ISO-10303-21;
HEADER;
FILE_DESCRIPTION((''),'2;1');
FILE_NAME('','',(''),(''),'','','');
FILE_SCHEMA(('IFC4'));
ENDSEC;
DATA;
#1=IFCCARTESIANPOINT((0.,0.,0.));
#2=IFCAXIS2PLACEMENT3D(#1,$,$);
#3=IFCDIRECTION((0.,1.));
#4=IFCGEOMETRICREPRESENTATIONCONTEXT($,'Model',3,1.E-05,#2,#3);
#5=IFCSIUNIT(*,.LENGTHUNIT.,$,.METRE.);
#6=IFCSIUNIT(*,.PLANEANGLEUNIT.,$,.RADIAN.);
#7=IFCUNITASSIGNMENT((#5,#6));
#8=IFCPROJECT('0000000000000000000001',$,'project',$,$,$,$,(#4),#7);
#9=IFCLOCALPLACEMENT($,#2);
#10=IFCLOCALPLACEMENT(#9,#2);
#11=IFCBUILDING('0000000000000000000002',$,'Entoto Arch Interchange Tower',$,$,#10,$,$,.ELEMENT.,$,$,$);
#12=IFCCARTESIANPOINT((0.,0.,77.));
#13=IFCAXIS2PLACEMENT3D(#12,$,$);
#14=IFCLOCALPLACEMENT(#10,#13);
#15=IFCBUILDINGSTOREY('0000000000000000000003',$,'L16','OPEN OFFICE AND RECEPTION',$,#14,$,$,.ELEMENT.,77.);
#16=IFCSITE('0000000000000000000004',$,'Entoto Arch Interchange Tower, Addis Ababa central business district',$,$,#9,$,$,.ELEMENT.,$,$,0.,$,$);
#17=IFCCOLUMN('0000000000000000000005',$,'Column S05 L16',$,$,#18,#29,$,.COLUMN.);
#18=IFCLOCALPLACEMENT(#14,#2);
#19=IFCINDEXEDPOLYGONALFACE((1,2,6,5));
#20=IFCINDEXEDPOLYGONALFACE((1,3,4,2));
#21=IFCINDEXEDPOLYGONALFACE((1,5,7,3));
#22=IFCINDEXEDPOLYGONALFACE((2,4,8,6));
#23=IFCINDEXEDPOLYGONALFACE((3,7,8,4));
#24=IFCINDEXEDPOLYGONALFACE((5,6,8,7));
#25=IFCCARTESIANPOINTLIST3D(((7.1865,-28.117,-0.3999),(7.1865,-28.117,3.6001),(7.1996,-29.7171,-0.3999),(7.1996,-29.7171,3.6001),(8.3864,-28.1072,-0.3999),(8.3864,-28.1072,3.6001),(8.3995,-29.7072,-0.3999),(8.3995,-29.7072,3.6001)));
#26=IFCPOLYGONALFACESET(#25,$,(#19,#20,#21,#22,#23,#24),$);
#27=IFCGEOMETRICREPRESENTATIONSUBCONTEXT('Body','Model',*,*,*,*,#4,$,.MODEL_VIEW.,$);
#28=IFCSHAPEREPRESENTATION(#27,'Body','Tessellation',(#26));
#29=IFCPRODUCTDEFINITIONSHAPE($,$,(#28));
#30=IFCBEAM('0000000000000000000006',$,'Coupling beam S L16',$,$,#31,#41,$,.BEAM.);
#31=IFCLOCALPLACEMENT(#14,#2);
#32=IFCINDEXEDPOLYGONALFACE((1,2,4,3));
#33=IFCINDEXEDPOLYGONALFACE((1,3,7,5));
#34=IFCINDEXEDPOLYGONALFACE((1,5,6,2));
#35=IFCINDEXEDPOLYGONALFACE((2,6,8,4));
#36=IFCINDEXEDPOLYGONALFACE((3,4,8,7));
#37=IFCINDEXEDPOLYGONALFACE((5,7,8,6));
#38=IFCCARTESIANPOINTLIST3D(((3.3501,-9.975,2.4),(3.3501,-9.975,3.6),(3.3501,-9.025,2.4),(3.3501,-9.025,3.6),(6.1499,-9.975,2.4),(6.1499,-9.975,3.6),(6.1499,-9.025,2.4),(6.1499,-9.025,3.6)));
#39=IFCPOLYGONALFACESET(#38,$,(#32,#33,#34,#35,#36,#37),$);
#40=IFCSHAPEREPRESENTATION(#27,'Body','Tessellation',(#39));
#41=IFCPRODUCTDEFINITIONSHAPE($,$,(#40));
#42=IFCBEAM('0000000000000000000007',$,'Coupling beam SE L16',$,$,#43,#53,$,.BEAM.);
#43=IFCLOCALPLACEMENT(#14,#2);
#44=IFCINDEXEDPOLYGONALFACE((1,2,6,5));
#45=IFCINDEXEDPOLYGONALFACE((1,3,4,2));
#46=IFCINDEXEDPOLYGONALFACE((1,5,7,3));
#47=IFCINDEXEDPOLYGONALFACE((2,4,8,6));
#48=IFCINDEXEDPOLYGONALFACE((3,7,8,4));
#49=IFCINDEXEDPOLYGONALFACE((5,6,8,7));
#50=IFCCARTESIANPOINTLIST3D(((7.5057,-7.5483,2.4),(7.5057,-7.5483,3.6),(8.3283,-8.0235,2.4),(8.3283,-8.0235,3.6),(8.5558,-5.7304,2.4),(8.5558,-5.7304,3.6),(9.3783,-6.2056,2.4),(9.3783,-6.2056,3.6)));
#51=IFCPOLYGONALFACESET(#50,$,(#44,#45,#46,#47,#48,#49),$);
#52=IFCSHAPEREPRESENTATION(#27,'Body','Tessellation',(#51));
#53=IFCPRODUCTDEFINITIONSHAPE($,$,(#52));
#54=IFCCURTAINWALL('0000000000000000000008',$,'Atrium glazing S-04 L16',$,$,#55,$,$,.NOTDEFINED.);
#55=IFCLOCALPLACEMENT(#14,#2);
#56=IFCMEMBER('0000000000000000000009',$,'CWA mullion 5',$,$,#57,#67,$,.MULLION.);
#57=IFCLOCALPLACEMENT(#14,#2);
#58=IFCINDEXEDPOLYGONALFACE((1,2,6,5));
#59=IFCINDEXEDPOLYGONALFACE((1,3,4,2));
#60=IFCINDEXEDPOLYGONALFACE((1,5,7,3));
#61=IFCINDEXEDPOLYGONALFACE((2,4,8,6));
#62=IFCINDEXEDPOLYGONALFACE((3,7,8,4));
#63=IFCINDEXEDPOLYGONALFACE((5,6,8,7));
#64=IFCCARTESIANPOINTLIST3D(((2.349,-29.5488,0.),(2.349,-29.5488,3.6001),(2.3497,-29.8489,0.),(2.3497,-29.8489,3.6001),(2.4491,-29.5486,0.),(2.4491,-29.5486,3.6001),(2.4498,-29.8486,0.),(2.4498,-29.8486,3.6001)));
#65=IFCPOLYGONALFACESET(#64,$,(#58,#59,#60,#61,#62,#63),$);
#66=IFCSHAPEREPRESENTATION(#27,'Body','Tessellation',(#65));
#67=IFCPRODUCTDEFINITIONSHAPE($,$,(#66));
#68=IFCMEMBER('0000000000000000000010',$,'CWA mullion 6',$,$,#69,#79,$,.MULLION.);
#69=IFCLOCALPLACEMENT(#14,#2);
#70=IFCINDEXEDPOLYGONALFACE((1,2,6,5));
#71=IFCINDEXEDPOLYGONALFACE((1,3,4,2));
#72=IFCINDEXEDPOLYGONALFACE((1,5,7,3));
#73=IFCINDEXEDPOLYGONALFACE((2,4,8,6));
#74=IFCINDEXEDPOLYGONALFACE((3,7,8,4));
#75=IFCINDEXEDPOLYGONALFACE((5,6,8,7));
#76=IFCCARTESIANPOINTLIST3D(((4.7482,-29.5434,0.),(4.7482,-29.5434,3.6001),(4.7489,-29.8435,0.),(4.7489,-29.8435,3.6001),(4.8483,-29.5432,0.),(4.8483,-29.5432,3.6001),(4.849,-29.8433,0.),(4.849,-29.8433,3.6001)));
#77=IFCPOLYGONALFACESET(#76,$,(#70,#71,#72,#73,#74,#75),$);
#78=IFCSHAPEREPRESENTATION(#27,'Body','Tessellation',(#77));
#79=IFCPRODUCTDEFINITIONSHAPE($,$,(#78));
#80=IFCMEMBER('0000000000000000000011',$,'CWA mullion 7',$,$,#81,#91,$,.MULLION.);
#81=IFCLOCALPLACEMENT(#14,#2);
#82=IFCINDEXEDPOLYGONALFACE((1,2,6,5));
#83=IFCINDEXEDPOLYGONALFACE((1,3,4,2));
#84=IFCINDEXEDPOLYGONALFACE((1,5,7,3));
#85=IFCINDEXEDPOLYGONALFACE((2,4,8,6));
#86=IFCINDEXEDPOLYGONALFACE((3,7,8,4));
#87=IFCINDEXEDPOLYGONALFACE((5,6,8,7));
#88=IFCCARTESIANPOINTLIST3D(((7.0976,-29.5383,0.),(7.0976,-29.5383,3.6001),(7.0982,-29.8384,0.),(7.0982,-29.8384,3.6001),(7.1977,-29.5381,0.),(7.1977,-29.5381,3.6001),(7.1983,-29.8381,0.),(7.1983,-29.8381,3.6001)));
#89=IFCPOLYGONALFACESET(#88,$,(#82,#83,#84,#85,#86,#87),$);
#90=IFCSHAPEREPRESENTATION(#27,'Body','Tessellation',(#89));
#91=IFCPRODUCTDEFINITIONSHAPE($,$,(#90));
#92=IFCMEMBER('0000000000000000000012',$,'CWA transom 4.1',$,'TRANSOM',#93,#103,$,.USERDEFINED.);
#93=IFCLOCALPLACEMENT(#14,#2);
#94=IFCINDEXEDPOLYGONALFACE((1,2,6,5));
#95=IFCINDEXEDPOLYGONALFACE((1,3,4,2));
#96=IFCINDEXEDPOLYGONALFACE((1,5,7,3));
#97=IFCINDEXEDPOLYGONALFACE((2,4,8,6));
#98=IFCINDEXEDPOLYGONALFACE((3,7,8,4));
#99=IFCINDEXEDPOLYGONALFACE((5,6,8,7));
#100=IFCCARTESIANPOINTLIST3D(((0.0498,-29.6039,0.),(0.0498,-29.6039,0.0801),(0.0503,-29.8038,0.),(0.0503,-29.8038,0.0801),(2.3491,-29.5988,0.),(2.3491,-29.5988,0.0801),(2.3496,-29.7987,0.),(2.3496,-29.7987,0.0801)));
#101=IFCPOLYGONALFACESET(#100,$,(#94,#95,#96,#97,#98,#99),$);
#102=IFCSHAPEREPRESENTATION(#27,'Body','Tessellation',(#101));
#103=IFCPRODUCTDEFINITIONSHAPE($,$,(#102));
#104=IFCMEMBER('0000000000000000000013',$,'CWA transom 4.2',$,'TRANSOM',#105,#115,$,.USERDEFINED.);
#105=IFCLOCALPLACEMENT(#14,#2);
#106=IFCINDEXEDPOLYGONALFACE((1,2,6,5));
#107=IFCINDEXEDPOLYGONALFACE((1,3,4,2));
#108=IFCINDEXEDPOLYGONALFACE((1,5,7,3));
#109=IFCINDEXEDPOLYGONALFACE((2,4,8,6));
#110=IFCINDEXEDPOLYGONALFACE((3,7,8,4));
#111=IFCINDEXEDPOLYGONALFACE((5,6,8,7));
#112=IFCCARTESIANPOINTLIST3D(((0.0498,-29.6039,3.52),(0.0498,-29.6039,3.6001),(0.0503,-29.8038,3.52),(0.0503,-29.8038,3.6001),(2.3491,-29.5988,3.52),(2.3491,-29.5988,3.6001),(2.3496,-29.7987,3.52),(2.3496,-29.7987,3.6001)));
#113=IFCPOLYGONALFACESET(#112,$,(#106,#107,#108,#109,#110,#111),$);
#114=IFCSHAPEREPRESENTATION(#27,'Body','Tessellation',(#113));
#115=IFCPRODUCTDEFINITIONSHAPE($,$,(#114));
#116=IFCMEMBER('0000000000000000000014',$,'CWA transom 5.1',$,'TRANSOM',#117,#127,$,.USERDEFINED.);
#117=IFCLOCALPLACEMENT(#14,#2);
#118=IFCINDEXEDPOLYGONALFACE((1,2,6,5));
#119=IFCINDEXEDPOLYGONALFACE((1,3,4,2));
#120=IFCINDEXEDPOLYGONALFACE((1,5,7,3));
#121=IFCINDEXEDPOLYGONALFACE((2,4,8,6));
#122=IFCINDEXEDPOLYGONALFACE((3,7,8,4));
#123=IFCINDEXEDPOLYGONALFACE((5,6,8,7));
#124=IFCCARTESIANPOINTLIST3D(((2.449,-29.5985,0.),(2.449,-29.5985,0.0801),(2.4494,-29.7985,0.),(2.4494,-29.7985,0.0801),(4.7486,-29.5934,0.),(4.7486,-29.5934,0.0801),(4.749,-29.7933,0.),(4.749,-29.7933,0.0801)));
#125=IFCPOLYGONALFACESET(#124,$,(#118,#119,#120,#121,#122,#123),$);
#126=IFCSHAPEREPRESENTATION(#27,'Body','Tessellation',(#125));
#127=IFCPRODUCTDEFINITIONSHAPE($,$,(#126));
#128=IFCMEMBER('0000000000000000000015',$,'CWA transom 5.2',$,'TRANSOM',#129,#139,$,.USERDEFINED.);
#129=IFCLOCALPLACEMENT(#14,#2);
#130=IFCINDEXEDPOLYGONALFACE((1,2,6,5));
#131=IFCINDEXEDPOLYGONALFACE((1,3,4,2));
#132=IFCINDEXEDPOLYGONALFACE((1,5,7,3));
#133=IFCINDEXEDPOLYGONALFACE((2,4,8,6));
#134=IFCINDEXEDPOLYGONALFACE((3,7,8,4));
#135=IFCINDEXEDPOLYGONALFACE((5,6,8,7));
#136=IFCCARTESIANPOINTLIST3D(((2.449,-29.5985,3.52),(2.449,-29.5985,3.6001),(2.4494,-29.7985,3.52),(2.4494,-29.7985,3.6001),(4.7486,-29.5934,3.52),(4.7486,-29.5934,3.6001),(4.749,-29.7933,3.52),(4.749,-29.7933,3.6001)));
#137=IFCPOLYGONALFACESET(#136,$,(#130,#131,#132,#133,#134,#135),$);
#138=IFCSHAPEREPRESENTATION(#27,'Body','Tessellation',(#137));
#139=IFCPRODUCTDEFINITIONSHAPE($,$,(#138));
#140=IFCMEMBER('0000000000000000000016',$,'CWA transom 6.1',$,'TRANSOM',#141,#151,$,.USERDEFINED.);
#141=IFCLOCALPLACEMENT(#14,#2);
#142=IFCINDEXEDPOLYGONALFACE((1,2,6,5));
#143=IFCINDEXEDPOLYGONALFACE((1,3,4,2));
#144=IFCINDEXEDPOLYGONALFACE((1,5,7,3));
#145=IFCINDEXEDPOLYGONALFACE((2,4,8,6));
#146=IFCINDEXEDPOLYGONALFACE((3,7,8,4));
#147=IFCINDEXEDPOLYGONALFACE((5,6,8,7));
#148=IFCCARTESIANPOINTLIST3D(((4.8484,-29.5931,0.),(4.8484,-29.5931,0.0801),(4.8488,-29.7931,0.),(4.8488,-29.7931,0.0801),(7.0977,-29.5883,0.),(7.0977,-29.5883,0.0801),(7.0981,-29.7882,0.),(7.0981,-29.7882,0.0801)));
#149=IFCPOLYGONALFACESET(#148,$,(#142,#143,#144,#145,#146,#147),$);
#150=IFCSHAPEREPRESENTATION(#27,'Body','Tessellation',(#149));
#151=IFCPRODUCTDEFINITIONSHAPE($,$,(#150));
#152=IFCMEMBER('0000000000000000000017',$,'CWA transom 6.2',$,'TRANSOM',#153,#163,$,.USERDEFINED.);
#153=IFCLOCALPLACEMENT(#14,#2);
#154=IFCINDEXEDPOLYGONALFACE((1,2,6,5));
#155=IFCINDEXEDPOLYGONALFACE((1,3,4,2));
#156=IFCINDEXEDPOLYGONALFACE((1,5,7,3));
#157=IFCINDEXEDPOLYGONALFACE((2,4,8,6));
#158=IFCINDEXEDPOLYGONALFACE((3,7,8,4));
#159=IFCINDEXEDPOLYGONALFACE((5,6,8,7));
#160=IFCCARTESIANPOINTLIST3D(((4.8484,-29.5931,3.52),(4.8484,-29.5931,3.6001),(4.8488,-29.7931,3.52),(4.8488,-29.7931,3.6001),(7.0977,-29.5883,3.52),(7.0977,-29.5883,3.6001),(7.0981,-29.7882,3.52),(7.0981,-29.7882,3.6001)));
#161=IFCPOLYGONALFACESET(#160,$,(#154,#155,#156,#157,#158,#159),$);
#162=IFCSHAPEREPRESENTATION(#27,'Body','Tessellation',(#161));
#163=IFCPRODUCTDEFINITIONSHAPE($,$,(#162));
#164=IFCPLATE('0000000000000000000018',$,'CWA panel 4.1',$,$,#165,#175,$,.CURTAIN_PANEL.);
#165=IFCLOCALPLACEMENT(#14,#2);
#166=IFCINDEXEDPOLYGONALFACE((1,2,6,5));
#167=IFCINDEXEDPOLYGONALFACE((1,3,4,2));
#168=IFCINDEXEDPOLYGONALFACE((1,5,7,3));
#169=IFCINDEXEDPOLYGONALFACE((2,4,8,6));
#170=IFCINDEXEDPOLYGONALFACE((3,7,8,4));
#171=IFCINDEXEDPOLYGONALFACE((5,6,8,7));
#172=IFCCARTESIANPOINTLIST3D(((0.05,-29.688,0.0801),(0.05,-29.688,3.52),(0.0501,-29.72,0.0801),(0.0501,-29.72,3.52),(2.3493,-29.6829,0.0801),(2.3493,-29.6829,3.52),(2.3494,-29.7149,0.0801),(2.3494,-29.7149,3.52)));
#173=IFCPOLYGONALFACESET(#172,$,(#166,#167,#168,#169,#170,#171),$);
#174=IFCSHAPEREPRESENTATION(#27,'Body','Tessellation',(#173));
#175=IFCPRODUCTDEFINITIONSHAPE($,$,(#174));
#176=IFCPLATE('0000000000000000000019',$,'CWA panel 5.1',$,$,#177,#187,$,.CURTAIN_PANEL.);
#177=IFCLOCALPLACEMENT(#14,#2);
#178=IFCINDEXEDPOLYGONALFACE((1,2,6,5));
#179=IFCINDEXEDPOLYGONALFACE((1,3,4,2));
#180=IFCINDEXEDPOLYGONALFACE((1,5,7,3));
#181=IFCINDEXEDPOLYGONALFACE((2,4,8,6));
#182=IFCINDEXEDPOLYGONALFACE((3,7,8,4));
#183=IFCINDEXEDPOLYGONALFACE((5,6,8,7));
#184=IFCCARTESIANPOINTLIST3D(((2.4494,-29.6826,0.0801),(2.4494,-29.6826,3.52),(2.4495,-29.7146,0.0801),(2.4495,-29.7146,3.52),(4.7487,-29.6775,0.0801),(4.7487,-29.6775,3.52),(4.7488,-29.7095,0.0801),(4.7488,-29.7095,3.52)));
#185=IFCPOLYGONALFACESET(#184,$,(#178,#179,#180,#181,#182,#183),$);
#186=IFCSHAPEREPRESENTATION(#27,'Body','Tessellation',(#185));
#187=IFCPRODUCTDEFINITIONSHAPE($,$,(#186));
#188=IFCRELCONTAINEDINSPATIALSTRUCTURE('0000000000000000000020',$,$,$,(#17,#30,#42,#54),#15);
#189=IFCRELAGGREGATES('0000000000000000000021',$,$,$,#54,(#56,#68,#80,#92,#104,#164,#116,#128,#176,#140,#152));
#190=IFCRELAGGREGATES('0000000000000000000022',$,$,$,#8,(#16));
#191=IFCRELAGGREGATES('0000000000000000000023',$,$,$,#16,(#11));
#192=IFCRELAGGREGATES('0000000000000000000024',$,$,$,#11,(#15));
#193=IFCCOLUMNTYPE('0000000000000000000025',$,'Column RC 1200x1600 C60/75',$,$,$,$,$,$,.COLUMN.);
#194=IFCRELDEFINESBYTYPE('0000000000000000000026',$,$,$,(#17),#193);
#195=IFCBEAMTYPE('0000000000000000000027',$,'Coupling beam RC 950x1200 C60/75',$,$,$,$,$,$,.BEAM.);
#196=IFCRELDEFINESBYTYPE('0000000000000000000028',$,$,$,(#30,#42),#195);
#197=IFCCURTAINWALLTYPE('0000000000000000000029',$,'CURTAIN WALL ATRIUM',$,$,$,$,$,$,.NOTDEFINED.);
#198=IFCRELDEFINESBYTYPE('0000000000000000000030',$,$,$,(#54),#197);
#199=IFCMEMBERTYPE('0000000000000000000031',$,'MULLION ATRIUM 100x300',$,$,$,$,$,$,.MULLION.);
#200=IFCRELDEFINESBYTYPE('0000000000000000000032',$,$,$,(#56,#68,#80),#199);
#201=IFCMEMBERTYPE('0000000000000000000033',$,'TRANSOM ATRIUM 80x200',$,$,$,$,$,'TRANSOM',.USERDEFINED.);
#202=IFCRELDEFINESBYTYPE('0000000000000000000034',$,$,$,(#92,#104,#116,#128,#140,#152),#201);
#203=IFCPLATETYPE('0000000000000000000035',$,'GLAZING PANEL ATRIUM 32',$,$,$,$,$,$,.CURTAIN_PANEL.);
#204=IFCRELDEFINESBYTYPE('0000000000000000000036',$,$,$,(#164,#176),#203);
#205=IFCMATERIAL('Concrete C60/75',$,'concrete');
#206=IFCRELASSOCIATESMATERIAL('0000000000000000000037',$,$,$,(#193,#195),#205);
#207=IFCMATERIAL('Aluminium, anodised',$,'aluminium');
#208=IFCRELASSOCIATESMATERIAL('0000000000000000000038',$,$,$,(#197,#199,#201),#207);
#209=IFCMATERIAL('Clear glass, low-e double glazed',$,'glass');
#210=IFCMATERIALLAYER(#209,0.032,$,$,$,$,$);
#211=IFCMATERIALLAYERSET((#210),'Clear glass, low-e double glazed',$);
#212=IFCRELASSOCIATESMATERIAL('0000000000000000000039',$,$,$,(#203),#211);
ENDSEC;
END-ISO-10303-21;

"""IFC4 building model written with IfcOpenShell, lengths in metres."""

from ifc_helpers import new_model, si_unit, direction, frame, origin, origin_2d, place, context, subcontext, project, spatial, rectangle, extrude, material, layer, layer_set, material_profile, profile_set, type_object, element, aggregate, save


model = new_model("IFC4")

# Units and contexts
model_context = context("Model", 3, precision=1e-05, world=origin(), true_north=direction((0.0, 1.0)))
body_context = subcontext(model_context, "Body", "Model", "MODEL_VIEW")
ifc_project = project(units=[si_unit("LENGTHUNIT", "METRE"), si_unit("PLANEANGLEUNIT", "RADIAN")], contexts=[model_context])

# Site, building, storey
site_placement = place(None, origin())
site = spatial("IfcSite", under=ifc_project, at=site_placement, Name="Entoto Arch Interchange Tower, Addis Ababa central business district", CompositionType="ELEMENT", RefElevation=0.0)
building_placement = place(site_placement, origin())
building = spatial("IfcBuilding", under=site, at=building_placement, Name="Entoto Arch Interchange Tower", CompositionType="ELEMENT")
storey_placement = place(building_placement, frame((0.0, 0.0, 77.0)))
storey = spatial("IfcBuildingStorey", under=building, at=storey_placement, Name="L16", Description="OPEN OFFICE AND RECEPTION", CompositionType="ELEMENT", Elevation=77.0)

# Column
ifc_material_1 = material(Name="Concrete C60/75", Category="concrete")
ifc_material_profile_1 = material_profile(ifc_material_1, rectangle(XDim=1.2, YDim=1.6001, at=origin_2d()))
ifc_profile_set_1 = profile_set([ifc_material_profile_1], Name="Concrete C60/75")
column_type = type_object("IfcColumnType", Name="Column RC 1200x1600 C60/75", PredefinedType="COLUMN", material=ifc_profile_set_1)
column_placement = place(storey_placement, frame((7.793, -28.9121, -0.3999), z_axis=(0.0, 0.0, 1.0), x_axis=(0.999966, 0.008203, 0.0)))
element("IfcColumn", 1, at=column_placement, inside=storey, type_object=column_type, Name="Column S05 L16", PredefinedType="COLUMN", context=body_context, shape_type="SweptSolid", body=[
    extrude(rectangle(XDim=1.2, YDim=1.6001, at=origin_2d()), origin(), (0.0, 0.0, 1.0), 4.0),
])

# Beams
ifc_material_profile_2 = material_profile(ifc_material_1, rectangle(XDim=0.95, YDim=1.2, at=origin_2d()))
ifc_profile_set_2 = profile_set([ifc_material_profile_2], Name="Concrete C60/75")
beam_type = type_object("IfcBeamType", Name="Coupling beam RC 950x1200 C60/75", PredefinedType="BEAM", material=ifc_profile_set_2)
beam_1_placement = place(storey_placement, frame((3.3501, -9.5, 3.0), z_axis=(1.0, 0.0, 0.0), x_axis=(0.0, 1.0, 0.0)))
element("IfcBeam", 2, at=beam_1_placement, inside=storey, type_object=beam_type, Name="Coupling beam S L16", PredefinedType="BEAM", context=body_context, shape_type="SweptSolid", body=[
    extrude(rectangle(XDim=0.95, YDim=1.2, at=origin_2d()), origin(), (0.0, 0.0, 1.0), 2.7998),
])
beam_2_placement = place(storey_placement, frame((7.917, -7.7859, 3.0), z_axis=(0.500179, 0.865922, 0.0), x_axis=(-0.865922, 0.500179, 0.0)))
element("IfcBeam", 3, at=beam_2_placement, inside=storey, type_object=beam_type, Name="Coupling beam SE L16", PredefinedType="BEAM", context=body_context, shape_type="SweptSolid", body=[
    extrude(rectangle(XDim=0.95, YDim=1.2, at=origin_2d()), origin(), (0.0, 0.0, 1.0), 2.0994),
])

# Curtain wall, members, plates
ifc_material_2 = material(Name="Aluminium, anodised", Category="aluminium")
curtain_wall_type = type_object("IfcCurtainWallType", Name="CURTAIN WALL ATRIUM", PredefinedType="NOTDEFINED", material=ifc_material_2)
curtain_wall_placement = place(storey_placement, origin())
curtain_wall = element("IfcCurtainWall", 4, at=curtain_wall_placement, inside=storey, type_object=curtain_wall_type, Name="Atrium glazing S-04 L16", PredefinedType="NOTDEFINED")
ifc_material_profile_3 = material_profile(ifc_material_2, rectangle(XDim=0.3, YDim=0.1001, at=origin_2d()))
ifc_profile_set_3 = profile_set([ifc_material_profile_3], Name="Aluminium, anodised")
member_type_1 = type_object("IfcMemberType", Name="MULLION ATRIUM 100x300", PredefinedType="MULLION", material=ifc_profile_set_3)
member_1_placement = place(storey_placement, frame((2.3994, -29.6987, 0.0), z_axis=(0.0, 0.0, 1.0), x_axis=(-0.002223, 0.999998, 0.0)))
member_1 = element("IfcMember", 5, at=member_1_placement, type_object=member_type_1, Name="CWA mullion 5", PredefinedType="MULLION", context=body_context, shape_type="SweptSolid", body=[
    extrude(rectangle(XDim=0.3, YDim=0.1001, at=origin_2d()), origin(), (0.0, 0.0, 1.0), 3.6001),
])
member_2_placement = place(storey_placement, frame((4.7986, -29.6934, 0.0), z_axis=(0.0, 0.0, 1.0), x_axis=(-0.002223, 0.999998, 0.0)))
member_2 = element("IfcMember", 6, at=member_2_placement, type_object=member_type_1, Name="CWA mullion 6", PredefinedType="MULLION", context=body_context, shape_type="SweptSolid", body=[
    extrude(rectangle(XDim=0.3, YDim=0.1001, at=origin_2d()), origin(), (0.0, 0.0, 1.0), 3.6001),
])
member_3_placement = place(storey_placement, frame((7.1479, -29.6882, 0.0), z_axis=(0.0, 0.0, 1.0), x_axis=(-0.002223, 0.999998, 0.0)))
member_3 = element("IfcMember", 7, at=member_3_placement, type_object=member_type_1, Name="CWA mullion 7", PredefinedType="MULLION", context=body_context, shape_type="SweptSolid", body=[
    extrude(rectangle(XDim=0.3, YDim=0.1001, at=origin_2d()), origin(), (0.0, 0.0, 1.0), 3.6001),
])
ifc_material_profile_4 = material_profile(ifc_material_2, rectangle(XDim=0.2, YDim=0.0801, at=origin_2d()))
ifc_profile_set_4 = profile_set([ifc_material_profile_4], Name="Aluminium, anodised")
member_type_2 = type_object("IfcMemberType", Name="TRANSOM ATRIUM 80x200", ElementType="TRANSOM", PredefinedType="USERDEFINED", material=ifc_profile_set_4)
member_4_placement = place(storey_placement, frame((0.05, -29.7039, 0.04), z_axis=(0.999998, 0.00223, 0.0), x_axis=(-0.00223, 0.999998, 0.0)))
member_4 = element("IfcMember", 8, at=member_4_placement, type_object=member_type_2, Name="CWA transom 4.1", ObjectType="TRANSOM", PredefinedType="USERDEFINED", context=body_context, shape_type="SweptSolid", body=[
    extrude(rectangle(XDim=0.2, YDim=0.0801, at=origin_2d()), origin(), (0.0, 0.0, 1.0), 2.2993),
])
member_5_placement = place(storey_placement, frame((0.05, -29.7039, 3.5601), z_axis=(0.999998, 0.00223, 0.0), x_axis=(-0.00223, 0.999998, 0.0)))
member_5 = element("IfcMember", 9, at=member_5_placement, type_object=member_type_2, Name="CWA transom 4.2", ObjectType="TRANSOM", PredefinedType="USERDEFINED", context=body_context, shape_type="SweptSolid", body=[
    extrude(rectangle(XDim=0.2, YDim=0.0801, at=origin_2d()), origin(), (0.0, 0.0, 1.0), 2.2993),
])
member_6_placement = place(storey_placement, frame((2.4492, -29.6985, 0.04), z_axis=(0.999998, 0.00223, 0.0), x_axis=(-0.00223, 0.999998, 0.0)))
member_6 = element("IfcMember", 10, at=member_6_placement, type_object=member_type_2, Name="CWA transom 5.1", ObjectType="TRANSOM", PredefinedType="USERDEFINED", context=body_context, shape_type="SweptSolid", body=[
    extrude(rectangle(XDim=0.2, YDim=0.0801, at=origin_2d()), origin(), (0.0, 0.0, 1.0), 2.2996),
])
member_7_placement = place(storey_placement, frame((2.4492, -29.6985, 3.5601), z_axis=(0.999998, 0.00223, 0.0), x_axis=(-0.00223, 0.999998, 0.0)))
member_7 = element("IfcMember", 11, at=member_7_placement, type_object=member_type_2, Name="CWA transom 5.2", ObjectType="TRANSOM", PredefinedType="USERDEFINED", context=body_context, shape_type="SweptSolid", body=[
    extrude(rectangle(XDim=0.2, YDim=0.0801, at=origin_2d()), origin(), (0.0, 0.0, 1.0), 2.2996),
])
member_8_placement = place(storey_placement, frame((4.8486, -29.6931, 0.04), z_axis=(0.999998, 0.002171, 0.0), x_axis=(-0.002171, 0.999998, 0.0)))
member_8 = element("IfcMember", 12, at=member_8_placement, type_object=member_type_2, Name="CWA transom 6.1", ObjectType="TRANSOM", PredefinedType="USERDEFINED", context=body_context, shape_type="SweptSolid", body=[
    extrude(rectangle(XDim=0.2, YDim=0.0801, at=origin_2d()), origin(), (0.0, 0.0, 1.0), 2.2493),
])
member_9_placement = place(storey_placement, frame((4.8486, -29.6931, 3.5601), z_axis=(0.999998, 0.002171, 0.0), x_axis=(-0.002171, 0.999998, 0.0)))
member_9 = element("IfcMember", 13, at=member_9_placement, type_object=member_type_2, Name="CWA transom 6.2", ObjectType="TRANSOM", PredefinedType="USERDEFINED", context=body_context, shape_type="SweptSolid", body=[
    extrude(rectangle(XDim=0.2, YDim=0.0801, at=origin_2d()), origin(), (0.0, 0.0, 1.0), 2.2493),
])
ifc_material_3 = material(Name="Clear glass, low-e double glazed", Category="glass")
ifc_layer_1 = layer(ifc_material_3, 0.032)
ifc_layer_set_1 = layer_set([ifc_layer_1], Name="Clear glass, low-e double glazed")
plate_type = type_object("IfcPlateType", Name="GLAZING PANEL ATRIUM 32", PredefinedType="CURTAIN_PANEL", material=ifc_layer_set_1)
plate_1_placement = place(storey_placement, frame((1.1997, -29.7014, 0.0801), z_axis=(0.0, 0.0, 1.0), x_axis=(0.999998, 0.002223, 0.0)))
plate_1 = element("IfcPlate", 14, at=plate_1_placement, type_object=plate_type, Name="CWA panel 4.1", PredefinedType="CURTAIN_PANEL", context=body_context, shape_type="SweptSolid", body=[
    extrude(rectangle(XDim=2.2993, YDim=0.032, at=origin_2d()), origin(), (0.0, 0.0, 1.0), 3.4399),
])
plate_2_placement = place(storey_placement, frame((3.5991, -29.696, 0.0801), z_axis=(0.0, 0.0, 1.0), x_axis=(0.999998, 0.002223, 0.0)))
plate_2 = element("IfcPlate", 15, at=plate_2_placement, type_object=plate_type, Name="CWA panel 5.1", PredefinedType="CURTAIN_PANEL", context=body_context, shape_type="SweptSolid", body=[
    extrude(rectangle(XDim=2.2993, YDim=0.032, at=origin_2d()), origin(), (0.0, 0.0, 1.0), 3.4399),
])
aggregate(curtain_wall, [member_1, member_2, member_3, member_4, member_5, plate_1, member_6, member_7, plate_2, member_8, member_9])

save(model, "model.ifc")
